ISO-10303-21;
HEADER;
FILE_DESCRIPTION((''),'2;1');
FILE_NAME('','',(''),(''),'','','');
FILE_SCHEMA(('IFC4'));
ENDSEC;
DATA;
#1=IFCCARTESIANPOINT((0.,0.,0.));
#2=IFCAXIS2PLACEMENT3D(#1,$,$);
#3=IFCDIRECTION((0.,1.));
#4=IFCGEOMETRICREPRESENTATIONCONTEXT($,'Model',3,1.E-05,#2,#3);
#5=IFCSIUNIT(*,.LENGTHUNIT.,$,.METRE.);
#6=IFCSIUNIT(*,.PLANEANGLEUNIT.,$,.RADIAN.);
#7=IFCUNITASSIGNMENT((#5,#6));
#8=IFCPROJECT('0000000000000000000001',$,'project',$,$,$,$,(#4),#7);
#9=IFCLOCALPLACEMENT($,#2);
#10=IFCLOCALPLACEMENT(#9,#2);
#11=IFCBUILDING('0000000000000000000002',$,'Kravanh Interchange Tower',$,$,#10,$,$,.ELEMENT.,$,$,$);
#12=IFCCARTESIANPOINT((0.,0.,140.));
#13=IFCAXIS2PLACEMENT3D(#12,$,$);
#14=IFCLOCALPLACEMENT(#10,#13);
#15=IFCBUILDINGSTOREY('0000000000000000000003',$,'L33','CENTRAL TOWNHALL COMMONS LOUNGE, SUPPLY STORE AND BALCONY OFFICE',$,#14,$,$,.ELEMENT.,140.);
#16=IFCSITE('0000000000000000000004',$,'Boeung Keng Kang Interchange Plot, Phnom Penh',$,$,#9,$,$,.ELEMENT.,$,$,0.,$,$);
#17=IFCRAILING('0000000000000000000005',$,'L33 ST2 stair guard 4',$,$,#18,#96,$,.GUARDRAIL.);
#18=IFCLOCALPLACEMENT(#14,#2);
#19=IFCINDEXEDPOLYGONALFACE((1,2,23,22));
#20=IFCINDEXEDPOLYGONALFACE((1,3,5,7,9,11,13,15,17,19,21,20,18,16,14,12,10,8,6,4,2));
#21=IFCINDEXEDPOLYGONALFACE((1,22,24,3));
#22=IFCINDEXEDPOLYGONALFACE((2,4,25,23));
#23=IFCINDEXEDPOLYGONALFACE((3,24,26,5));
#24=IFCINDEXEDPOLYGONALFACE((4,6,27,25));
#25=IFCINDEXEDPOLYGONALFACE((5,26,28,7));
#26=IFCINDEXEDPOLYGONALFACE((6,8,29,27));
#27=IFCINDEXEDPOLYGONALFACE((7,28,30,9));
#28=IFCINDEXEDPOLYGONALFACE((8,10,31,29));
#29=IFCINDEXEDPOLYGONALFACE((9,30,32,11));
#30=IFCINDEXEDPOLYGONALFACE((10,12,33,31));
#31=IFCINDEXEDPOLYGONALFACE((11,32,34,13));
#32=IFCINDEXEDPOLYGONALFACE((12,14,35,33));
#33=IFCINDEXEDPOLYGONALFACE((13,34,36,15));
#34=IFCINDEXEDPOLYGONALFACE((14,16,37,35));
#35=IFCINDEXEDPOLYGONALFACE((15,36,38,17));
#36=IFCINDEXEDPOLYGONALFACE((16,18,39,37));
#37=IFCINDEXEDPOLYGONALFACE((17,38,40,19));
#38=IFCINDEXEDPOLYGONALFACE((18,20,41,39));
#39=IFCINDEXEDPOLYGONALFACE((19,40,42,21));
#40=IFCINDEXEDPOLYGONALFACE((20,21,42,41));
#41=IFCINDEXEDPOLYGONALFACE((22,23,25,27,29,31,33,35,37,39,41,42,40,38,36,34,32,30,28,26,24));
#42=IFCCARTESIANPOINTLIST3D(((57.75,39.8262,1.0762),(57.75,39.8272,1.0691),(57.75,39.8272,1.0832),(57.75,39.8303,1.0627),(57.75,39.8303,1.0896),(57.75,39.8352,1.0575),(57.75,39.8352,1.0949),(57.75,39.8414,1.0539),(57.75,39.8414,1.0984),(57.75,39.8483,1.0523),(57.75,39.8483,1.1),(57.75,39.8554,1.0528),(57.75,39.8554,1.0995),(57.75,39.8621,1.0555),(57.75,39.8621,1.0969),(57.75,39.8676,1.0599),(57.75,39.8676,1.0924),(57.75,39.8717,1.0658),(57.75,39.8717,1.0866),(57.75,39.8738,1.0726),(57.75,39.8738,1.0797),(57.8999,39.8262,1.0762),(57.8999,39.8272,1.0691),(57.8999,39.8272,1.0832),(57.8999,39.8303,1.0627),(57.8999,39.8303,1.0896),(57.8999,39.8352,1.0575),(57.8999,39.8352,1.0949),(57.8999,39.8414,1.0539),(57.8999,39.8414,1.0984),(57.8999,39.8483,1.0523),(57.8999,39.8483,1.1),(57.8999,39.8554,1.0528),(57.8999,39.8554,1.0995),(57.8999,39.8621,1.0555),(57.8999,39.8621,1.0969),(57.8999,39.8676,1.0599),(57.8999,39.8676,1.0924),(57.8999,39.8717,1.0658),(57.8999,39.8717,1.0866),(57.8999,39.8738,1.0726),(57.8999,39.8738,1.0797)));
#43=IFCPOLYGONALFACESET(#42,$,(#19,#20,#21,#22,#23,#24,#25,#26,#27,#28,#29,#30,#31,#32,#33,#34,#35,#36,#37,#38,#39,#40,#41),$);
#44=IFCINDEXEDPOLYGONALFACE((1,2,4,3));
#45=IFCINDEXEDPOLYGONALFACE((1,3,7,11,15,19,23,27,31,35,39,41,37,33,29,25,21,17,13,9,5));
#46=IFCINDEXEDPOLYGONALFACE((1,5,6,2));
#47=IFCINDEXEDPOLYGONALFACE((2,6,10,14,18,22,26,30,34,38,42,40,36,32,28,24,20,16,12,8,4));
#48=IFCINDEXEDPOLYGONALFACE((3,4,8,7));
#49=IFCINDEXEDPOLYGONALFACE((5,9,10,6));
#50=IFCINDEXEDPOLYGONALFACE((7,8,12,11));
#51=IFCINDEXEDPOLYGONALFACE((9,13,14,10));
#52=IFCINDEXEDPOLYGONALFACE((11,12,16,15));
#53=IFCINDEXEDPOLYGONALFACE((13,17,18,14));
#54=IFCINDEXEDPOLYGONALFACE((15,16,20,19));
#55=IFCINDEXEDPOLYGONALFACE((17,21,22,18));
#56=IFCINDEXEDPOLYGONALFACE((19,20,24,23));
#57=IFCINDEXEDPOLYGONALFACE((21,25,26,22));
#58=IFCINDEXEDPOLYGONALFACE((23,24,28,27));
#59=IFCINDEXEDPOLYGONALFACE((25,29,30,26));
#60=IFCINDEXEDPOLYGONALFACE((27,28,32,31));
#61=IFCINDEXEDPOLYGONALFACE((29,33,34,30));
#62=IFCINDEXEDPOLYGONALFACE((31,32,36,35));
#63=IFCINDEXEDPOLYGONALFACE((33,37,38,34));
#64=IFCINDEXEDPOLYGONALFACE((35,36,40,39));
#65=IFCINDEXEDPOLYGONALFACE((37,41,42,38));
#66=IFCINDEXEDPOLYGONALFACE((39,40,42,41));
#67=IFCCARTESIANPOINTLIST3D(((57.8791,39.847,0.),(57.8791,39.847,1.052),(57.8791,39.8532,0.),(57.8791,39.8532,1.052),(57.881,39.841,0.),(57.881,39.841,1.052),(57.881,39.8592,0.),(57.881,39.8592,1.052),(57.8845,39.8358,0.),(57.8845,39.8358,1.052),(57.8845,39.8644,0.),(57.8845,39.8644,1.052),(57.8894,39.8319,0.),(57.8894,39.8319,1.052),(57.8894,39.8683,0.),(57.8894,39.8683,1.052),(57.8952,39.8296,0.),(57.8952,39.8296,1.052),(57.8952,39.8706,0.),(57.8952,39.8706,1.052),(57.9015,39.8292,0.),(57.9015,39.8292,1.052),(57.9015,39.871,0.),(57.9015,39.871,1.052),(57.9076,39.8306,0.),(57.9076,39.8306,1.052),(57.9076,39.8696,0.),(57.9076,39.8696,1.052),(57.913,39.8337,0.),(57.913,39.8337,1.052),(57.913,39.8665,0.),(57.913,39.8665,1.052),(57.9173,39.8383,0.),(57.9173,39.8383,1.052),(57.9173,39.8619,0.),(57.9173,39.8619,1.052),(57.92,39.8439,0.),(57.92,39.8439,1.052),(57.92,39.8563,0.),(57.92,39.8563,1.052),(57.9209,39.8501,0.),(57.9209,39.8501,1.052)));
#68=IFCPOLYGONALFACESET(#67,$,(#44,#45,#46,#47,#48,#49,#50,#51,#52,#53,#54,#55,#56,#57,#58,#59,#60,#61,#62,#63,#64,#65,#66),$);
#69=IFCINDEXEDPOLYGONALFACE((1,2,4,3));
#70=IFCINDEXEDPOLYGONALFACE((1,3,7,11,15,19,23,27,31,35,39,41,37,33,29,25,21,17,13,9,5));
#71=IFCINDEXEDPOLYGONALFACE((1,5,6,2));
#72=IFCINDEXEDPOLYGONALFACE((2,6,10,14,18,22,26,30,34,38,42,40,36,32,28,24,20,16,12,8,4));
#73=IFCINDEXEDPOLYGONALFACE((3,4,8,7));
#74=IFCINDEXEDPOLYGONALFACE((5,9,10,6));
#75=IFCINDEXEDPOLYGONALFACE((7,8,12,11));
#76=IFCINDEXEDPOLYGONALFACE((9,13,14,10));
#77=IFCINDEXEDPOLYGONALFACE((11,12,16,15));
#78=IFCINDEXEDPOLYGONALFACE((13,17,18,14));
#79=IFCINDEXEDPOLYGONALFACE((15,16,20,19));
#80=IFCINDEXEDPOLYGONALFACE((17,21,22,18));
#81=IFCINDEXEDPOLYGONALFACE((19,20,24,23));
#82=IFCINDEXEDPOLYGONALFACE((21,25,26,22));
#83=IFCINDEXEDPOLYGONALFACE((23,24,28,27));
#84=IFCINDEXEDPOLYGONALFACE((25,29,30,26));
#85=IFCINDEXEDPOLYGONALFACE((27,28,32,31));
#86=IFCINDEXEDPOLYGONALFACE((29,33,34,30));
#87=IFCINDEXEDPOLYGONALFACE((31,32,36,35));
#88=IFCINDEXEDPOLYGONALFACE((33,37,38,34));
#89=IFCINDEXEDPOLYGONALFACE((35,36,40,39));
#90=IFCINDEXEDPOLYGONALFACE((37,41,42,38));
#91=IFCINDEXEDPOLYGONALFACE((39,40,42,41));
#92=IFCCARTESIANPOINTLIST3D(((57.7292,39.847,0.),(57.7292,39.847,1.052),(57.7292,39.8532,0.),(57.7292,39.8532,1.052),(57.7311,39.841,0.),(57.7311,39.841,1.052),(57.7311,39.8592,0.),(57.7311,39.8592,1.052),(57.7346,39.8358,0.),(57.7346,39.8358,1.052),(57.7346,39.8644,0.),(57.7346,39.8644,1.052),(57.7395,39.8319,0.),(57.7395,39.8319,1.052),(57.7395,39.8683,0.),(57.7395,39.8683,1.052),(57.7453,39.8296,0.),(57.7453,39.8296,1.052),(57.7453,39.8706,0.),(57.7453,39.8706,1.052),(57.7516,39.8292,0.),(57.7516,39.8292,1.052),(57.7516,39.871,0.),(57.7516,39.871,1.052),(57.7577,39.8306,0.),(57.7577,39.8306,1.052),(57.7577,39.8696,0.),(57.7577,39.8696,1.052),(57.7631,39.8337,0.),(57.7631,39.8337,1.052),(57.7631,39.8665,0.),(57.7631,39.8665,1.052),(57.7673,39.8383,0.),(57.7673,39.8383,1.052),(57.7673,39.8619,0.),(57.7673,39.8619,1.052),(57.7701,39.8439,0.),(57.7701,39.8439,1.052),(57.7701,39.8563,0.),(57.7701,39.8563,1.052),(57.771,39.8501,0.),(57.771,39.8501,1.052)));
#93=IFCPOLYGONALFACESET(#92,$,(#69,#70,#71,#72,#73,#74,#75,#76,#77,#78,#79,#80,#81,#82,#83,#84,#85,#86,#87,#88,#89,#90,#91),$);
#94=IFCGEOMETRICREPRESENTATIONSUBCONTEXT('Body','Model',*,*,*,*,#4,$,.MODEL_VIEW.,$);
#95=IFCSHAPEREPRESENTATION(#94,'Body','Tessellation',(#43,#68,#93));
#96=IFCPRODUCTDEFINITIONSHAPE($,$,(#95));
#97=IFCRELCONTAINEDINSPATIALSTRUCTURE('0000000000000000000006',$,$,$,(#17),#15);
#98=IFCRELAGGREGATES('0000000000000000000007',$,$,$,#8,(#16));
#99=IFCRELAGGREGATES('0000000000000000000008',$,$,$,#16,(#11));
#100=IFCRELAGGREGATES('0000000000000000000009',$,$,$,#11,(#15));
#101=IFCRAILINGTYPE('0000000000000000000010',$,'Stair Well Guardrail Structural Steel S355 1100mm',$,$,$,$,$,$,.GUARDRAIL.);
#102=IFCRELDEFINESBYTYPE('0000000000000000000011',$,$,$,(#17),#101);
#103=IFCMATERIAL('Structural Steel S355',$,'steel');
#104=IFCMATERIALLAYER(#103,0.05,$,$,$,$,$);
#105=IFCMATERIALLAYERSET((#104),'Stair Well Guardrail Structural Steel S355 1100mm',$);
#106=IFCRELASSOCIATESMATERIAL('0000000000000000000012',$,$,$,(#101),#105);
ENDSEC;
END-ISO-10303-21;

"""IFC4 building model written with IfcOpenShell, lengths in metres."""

from ifc_helpers import new_model, si_unit, direction, frame, origin, origin_2d, place, context, subcontext, project, spatial, circle, extrude, material, layer, layer_set, type_object, element, save


model = new_model("IFC4")

# Units and contexts
model_context = context("Model", 3, precision=1e-05, world=origin(), true_north=direction((0.0, 1.0)))
body_context = subcontext(model_context, "Body", "Model", "MODEL_VIEW")
ifc_project = project(units=[si_unit("LENGTHUNIT", "METRE"), si_unit("PLANEANGLEUNIT", "RADIAN")], contexts=[model_context])

# Site, building, storey
site_placement = place(None, origin())
site = spatial("IfcSite", under=ifc_project, at=site_placement, Name="Boeung Keng Kang Interchange Plot, Phnom Penh", CompositionType="ELEMENT", RefElevation=0.0)
building_placement = place(site_placement, origin())
building = spatial("IfcBuilding", under=site, at=building_placement, Name="Kravanh Interchange Tower", CompositionType="ELEMENT")
storey_placement = place(building_placement, frame((0.0, 0.0, 140.0)))
storey = spatial("IfcBuildingStorey", under=building, at=storey_placement, Name="L33", Description="CENTRAL TOWNHALL COMMONS LOUNGE, SUPPLY STORE AND BALCONY OFFICE", CompositionType="ELEMENT", Elevation=140.0)

# Railing
ifc_material_1 = material(Name="Structural Steel S355", Category="steel")
ifc_layer_1 = layer(ifc_material_1, 0.05)
ifc_layer_set_1 = layer_set([ifc_layer_1], Name="Stair Well Guardrail Structural Steel S355 1100mm")
railing_type_1 = type_object("IfcRailingType", Name="Stair Well Guardrail Structural Steel S355 1100mm", PredefinedType="GUARDRAIL", material=ifc_layer_set_1)
railing_1_placement = place(storey_placement, frame((57.8999, 39.8501, 0.0)))
element("IfcRailing", 1, at=railing_1_placement, inside=storey, type_object=railing_type_1, Name="L33 ST2 stair guard 4", PredefinedType="GUARDRAIL", context=body_context, shape_type="SweptSolid", body=[
    extrude(circle(Radius=0.0239, at=origin_2d()), frame((0.0, 0.0, 1.0762), z_axis=(-1.0, 0.0, 0.0), x_axis=(0.0, -1.0, 0.0)), (0.0, 0.0, 1.0), 0.1499),
    extrude(circle(Radius=0.021, at=origin_2d()), origin(), (0.0, 0.0, 1.0), 1.052),
    extrude(circle(Radius=0.021, at=origin_2d()), frame((-0.1499, 0.0, 0.0)), (0.0, 0.0, 1.0), 1.052),
])

save(model, "model.ifc")
